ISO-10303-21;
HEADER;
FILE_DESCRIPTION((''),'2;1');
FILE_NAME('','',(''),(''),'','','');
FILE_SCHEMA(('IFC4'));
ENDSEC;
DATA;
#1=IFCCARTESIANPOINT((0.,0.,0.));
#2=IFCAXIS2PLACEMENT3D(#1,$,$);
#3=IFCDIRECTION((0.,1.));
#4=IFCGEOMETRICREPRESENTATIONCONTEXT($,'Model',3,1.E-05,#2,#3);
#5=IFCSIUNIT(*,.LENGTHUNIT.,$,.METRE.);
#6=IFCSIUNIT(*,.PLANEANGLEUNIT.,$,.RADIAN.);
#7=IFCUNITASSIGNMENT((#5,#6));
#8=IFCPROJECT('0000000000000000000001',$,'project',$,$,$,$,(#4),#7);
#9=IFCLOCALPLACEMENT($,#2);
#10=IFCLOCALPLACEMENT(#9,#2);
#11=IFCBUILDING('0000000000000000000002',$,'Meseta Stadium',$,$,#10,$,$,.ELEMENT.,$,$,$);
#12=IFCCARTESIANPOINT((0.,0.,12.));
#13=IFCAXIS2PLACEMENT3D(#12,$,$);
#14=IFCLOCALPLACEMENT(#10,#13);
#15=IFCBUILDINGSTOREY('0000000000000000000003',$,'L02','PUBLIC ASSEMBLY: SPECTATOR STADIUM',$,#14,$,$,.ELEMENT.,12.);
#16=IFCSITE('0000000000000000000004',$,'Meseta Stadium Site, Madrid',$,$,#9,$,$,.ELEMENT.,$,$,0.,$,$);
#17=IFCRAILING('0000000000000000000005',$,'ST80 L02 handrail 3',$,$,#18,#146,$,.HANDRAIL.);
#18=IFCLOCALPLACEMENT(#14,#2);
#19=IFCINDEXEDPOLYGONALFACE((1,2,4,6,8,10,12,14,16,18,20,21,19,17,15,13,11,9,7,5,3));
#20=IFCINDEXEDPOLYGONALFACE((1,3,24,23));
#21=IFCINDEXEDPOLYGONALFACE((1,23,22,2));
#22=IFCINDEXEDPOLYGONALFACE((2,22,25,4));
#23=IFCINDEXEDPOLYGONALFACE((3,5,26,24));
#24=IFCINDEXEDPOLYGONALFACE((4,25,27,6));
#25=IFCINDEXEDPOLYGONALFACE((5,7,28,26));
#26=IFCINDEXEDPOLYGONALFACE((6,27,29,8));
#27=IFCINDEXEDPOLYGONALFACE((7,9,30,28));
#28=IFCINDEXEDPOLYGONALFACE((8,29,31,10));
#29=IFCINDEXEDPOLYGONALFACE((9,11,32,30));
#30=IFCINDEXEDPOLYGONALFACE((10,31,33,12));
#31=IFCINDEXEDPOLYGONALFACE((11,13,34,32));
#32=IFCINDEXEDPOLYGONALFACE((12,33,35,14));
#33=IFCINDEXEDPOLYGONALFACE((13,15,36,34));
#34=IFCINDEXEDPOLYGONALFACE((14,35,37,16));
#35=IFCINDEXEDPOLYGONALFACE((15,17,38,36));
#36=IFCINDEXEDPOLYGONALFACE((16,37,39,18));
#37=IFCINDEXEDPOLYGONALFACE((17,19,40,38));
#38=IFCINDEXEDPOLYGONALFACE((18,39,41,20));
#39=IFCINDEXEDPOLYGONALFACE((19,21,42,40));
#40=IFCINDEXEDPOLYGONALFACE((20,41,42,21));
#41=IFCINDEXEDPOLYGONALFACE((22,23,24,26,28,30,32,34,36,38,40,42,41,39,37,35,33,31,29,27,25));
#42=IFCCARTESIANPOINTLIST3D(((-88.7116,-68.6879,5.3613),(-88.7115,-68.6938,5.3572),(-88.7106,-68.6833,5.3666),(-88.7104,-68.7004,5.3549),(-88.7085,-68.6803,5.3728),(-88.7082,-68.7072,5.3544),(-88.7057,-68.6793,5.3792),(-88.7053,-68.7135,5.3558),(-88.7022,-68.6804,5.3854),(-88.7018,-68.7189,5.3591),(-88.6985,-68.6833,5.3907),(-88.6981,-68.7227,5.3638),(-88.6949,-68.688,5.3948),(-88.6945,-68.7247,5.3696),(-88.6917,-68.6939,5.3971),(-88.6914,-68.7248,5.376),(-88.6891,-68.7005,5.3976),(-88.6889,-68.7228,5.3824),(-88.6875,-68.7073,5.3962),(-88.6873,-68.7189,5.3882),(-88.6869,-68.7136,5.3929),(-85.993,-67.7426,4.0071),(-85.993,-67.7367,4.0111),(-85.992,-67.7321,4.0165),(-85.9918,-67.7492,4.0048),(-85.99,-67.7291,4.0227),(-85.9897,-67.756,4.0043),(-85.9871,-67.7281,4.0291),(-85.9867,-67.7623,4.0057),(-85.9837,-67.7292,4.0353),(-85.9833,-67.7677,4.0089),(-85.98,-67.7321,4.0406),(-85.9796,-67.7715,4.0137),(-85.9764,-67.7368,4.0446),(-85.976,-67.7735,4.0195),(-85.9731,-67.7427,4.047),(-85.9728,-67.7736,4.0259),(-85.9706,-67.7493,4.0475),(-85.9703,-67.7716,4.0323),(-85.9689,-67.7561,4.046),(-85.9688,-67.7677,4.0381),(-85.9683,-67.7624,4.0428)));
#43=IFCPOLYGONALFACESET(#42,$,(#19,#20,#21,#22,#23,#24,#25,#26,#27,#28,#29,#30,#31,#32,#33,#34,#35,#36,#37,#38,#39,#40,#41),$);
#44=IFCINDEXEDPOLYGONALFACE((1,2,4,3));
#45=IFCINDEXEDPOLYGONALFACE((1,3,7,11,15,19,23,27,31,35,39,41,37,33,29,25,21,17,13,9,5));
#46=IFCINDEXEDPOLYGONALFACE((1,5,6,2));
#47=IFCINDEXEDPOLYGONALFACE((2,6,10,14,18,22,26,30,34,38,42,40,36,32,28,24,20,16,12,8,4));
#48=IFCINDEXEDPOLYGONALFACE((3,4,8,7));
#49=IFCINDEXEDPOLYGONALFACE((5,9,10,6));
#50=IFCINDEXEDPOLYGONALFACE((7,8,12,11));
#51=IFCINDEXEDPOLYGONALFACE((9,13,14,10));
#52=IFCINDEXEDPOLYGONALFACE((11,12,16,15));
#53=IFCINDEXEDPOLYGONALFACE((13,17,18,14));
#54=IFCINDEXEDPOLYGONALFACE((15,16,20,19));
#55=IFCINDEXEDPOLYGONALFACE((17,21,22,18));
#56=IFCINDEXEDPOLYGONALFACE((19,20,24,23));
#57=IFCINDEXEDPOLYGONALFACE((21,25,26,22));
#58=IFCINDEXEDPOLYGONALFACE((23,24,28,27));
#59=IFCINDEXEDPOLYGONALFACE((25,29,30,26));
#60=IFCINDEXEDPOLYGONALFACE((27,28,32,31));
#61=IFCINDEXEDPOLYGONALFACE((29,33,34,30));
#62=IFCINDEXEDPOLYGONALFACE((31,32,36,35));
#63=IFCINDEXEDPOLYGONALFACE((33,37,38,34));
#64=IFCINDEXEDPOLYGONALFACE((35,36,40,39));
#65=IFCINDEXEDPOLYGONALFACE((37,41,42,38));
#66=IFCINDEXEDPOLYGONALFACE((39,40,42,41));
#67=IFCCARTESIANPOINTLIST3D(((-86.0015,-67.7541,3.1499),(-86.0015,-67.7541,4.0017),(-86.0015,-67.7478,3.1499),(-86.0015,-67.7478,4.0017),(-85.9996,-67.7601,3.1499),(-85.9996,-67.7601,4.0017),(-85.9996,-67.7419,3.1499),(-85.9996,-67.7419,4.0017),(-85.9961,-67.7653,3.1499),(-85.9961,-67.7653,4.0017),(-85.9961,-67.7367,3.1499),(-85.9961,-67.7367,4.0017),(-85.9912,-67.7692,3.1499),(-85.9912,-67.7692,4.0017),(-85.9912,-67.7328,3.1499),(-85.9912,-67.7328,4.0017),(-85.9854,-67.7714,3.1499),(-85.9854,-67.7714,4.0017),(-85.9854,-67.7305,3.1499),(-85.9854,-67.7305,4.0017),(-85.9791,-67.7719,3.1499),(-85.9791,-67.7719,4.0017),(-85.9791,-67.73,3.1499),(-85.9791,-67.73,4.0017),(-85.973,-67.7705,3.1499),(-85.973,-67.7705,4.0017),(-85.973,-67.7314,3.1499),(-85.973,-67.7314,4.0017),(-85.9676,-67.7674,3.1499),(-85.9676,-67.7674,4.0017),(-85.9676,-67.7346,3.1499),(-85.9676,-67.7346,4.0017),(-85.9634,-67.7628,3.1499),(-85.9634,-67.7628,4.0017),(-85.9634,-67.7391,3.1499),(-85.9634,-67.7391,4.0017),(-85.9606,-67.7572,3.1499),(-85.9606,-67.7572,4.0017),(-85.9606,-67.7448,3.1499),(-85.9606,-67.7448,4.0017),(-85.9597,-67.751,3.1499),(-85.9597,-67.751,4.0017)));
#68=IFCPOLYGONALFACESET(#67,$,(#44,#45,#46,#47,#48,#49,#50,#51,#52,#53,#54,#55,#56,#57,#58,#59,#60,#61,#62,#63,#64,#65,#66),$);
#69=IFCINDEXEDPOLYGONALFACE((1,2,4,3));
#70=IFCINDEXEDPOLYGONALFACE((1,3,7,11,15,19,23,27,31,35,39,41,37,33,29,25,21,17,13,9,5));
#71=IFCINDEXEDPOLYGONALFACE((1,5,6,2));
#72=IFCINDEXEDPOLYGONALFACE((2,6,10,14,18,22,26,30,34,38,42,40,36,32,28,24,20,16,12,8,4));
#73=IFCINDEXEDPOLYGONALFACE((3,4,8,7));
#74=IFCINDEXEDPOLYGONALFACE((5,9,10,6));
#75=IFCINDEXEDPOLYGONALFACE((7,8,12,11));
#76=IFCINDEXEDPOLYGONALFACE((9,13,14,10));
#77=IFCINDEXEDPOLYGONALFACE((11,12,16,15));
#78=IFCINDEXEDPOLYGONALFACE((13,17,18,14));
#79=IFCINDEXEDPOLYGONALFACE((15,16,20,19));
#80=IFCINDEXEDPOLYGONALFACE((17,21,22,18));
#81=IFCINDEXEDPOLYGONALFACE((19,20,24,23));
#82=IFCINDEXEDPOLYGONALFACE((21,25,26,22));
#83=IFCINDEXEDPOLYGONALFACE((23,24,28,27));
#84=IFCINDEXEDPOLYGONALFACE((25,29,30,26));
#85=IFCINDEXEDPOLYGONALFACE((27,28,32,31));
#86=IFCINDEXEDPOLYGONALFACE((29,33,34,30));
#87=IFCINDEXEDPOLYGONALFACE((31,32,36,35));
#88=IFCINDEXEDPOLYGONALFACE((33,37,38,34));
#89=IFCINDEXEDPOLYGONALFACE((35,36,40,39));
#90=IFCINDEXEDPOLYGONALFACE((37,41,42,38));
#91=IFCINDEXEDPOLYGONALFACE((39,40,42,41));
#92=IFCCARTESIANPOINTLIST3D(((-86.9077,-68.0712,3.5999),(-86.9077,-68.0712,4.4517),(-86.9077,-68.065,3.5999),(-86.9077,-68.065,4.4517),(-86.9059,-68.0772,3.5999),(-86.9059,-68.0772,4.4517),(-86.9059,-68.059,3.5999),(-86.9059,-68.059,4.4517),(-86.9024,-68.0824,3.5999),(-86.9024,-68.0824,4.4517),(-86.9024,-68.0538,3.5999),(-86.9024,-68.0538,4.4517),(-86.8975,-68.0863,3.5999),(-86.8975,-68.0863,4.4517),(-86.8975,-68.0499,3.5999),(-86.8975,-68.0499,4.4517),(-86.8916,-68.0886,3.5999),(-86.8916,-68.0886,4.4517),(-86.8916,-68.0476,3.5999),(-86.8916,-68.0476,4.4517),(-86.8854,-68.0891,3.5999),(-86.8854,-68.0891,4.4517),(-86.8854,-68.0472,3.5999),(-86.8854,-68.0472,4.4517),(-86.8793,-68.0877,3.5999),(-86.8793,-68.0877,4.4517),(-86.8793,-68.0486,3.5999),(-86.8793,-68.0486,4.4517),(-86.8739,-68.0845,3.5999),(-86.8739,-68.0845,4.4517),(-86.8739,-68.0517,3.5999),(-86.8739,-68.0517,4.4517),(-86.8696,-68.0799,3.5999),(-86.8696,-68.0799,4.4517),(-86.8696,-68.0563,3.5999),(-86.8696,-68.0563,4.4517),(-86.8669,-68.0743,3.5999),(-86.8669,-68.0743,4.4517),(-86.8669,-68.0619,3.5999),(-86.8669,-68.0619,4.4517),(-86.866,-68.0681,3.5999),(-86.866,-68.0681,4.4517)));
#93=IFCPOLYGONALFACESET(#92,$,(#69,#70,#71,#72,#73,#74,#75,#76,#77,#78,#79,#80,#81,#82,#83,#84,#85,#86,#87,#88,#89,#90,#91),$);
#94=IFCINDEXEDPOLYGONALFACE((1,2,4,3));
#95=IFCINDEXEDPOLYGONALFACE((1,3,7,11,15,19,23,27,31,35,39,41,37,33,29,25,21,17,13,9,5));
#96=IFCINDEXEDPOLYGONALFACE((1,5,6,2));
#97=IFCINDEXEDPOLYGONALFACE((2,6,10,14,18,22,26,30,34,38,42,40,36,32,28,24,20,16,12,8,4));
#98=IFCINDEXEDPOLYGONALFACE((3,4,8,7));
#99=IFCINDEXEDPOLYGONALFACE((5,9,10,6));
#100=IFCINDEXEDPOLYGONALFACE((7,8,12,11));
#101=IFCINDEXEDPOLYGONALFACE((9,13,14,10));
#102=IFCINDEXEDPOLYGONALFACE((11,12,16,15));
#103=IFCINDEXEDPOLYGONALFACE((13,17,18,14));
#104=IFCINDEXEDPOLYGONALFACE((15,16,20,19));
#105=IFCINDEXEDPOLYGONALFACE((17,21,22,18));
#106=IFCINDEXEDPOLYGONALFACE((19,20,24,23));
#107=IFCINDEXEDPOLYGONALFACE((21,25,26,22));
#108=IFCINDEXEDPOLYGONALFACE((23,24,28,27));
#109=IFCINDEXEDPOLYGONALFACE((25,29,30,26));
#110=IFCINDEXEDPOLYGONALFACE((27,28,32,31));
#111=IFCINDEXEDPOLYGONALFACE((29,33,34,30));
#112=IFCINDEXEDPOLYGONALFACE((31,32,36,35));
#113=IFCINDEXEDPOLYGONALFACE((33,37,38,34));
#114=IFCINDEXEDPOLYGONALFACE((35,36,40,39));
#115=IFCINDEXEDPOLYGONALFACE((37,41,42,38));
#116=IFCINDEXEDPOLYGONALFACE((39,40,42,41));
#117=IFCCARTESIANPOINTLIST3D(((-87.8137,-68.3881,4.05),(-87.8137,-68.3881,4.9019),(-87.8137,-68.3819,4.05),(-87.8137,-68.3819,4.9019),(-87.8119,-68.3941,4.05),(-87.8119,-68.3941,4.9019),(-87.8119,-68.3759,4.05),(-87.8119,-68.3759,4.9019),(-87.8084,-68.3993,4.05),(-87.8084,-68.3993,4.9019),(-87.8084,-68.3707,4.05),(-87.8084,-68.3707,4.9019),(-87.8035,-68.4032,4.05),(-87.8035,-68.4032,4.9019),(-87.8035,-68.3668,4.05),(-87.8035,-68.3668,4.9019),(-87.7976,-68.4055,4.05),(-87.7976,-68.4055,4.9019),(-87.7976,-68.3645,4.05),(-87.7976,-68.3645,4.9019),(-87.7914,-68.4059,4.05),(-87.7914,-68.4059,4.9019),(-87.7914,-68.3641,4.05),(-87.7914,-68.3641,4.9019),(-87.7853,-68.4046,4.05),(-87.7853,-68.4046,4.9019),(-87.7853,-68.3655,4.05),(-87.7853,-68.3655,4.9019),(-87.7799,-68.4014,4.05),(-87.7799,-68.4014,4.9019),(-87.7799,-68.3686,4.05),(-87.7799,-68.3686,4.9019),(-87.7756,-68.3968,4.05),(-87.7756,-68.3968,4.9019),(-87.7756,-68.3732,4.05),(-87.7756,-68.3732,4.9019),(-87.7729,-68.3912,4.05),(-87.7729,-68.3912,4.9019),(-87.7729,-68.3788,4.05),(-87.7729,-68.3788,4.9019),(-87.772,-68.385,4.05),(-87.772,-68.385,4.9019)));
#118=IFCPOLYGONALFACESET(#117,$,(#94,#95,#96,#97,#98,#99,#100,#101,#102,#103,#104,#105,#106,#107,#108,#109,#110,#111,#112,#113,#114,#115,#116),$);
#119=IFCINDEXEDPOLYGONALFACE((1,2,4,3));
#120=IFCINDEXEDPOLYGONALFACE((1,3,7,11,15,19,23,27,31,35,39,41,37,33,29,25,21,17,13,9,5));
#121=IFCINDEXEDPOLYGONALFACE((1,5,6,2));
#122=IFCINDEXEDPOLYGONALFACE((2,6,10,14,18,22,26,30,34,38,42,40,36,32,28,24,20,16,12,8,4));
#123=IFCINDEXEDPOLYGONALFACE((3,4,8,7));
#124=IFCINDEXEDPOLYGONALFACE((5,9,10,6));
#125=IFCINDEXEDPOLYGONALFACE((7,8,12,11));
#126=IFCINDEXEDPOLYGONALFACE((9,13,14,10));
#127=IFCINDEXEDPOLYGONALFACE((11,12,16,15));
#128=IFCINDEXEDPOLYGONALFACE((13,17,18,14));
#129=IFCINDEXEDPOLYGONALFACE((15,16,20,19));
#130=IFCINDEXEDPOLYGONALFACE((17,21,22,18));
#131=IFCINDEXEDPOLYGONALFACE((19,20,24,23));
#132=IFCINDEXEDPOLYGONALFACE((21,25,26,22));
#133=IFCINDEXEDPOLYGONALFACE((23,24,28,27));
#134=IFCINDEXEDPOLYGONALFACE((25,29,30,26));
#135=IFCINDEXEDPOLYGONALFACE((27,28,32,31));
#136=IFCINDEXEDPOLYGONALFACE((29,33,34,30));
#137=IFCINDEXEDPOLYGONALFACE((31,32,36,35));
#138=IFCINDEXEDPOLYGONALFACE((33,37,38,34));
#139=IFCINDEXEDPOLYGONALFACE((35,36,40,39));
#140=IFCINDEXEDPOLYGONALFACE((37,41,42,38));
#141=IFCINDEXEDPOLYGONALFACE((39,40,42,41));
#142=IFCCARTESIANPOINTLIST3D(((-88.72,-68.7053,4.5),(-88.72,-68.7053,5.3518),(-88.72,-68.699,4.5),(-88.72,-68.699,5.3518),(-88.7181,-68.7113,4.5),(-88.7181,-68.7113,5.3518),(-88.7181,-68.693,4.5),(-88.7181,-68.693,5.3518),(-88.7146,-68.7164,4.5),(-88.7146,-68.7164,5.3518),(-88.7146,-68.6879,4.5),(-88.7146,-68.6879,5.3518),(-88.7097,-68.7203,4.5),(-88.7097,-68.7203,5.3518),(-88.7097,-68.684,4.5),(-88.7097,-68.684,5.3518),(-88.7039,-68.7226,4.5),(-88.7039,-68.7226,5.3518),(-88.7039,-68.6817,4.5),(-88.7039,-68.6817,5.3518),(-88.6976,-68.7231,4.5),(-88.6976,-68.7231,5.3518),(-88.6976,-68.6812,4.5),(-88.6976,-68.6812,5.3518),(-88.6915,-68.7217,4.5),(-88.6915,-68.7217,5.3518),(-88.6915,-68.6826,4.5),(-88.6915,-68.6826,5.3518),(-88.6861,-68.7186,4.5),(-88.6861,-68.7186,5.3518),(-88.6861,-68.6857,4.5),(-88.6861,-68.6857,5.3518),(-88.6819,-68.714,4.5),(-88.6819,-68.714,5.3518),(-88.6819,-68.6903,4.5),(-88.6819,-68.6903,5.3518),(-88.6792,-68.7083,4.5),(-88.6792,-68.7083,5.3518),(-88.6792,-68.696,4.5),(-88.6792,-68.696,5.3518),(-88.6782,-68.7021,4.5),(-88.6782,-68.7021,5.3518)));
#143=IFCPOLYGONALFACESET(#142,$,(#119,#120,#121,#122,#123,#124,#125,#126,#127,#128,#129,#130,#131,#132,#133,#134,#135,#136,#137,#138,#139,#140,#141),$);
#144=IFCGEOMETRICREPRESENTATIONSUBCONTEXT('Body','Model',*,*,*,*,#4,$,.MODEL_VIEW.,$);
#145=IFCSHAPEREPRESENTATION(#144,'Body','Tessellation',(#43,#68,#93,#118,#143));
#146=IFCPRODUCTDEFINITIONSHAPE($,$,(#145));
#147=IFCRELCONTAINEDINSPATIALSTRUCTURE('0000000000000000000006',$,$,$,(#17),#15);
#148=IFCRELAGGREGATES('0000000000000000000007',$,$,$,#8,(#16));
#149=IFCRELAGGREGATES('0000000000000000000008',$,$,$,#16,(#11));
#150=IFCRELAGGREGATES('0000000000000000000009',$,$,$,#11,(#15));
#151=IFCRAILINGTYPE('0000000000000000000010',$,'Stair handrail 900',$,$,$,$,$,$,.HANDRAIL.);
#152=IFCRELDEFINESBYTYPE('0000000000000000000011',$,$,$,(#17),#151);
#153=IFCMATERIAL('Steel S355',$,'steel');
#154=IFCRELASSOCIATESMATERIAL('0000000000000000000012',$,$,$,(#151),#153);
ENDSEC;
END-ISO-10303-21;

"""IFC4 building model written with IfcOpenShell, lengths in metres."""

from ifc_helpers import new_model, si_unit, direction, frame, origin, origin_2d, place, context, subcontext, project, spatial, circle, extrude, material, type_object, element, save


model = new_model("IFC4")

# Units and contexts
model_context = context("Model", 3, precision=1e-05, world=origin(), true_north=direction((0.0, 1.0)))
body_context = subcontext(model_context, "Body", "Model", "MODEL_VIEW")
ifc_project = project(units=[si_unit("LENGTHUNIT", "METRE"), si_unit("PLANEANGLEUNIT", "RADIAN")], contexts=[model_context])

# Site, building, storey
site_placement = place(None, origin())
site = spatial("IfcSite", under=ifc_project, at=site_placement, Name="Meseta Stadium Site, Madrid", CompositionType="ELEMENT", RefElevation=0.0)
building_placement = place(site_placement, origin())
building = spatial("IfcBuilding", under=site, at=building_placement, Name="Meseta Stadium", CompositionType="ELEMENT")
storey_placement = place(building_placement, frame((0.0, 0.0, 12.0)))
storey = spatial("IfcBuildingStorey", under=building, at=storey_placement, Name="L02", Description="PUBLIC ASSEMBLY: SPECTATOR STADIUM", CompositionType="ELEMENT", Elevation=12.0)

# Railing
ifc_material_1 = material(Name="Steel S355", Category="steel")
railing_type_1 = type_object("IfcRailingType", Name="Stair handrail 900", PredefinedType="HANDRAIL", material=ifc_material_1)
for number, where, name in (
    (1, (-85.9807, -67.751, 3.1499), "ST80 L02 handrail 3"),
):
    element("IfcRailing", number, at=place(storey_placement, frame(where)), inside=storey, type_object=railing_type_1, Name=name, PredefinedType="HANDRAIL", context=body_context, shape_type="SweptSolid", body=[
        extrude(circle(Radius=0.0239, at=origin_2d()), frame((0.0, 0.0, 0.876), z_axis=(-0.854649, -0.299031, 0.424446), x_axis=(0.330256, -0.943891, 0.0)), (0.0, 0.0, 1.0), 3.1809),
        extrude(circle(Radius=0.021, at=origin_2d()), origin(), (0.0, 0.0, 1.0), 0.8518),
        extrude(circle(Radius=0.021, at=origin_2d()), frame((-0.9062, -0.3171, 0.45)), (0.0, 0.0, 1.0), 0.8518),
        extrude(circle(Radius=0.021, at=origin_2d()), frame((-1.8123, -0.634, 0.9001)), (0.0, 0.0, 1.0), 0.8518),
        extrude(circle(Radius=0.021, at=origin_2d()), frame((-2.7185, -0.9512, 1.3501)), (0.0, 0.0, 1.0), 0.8518),
    ])

save(model, "model.ifc")
